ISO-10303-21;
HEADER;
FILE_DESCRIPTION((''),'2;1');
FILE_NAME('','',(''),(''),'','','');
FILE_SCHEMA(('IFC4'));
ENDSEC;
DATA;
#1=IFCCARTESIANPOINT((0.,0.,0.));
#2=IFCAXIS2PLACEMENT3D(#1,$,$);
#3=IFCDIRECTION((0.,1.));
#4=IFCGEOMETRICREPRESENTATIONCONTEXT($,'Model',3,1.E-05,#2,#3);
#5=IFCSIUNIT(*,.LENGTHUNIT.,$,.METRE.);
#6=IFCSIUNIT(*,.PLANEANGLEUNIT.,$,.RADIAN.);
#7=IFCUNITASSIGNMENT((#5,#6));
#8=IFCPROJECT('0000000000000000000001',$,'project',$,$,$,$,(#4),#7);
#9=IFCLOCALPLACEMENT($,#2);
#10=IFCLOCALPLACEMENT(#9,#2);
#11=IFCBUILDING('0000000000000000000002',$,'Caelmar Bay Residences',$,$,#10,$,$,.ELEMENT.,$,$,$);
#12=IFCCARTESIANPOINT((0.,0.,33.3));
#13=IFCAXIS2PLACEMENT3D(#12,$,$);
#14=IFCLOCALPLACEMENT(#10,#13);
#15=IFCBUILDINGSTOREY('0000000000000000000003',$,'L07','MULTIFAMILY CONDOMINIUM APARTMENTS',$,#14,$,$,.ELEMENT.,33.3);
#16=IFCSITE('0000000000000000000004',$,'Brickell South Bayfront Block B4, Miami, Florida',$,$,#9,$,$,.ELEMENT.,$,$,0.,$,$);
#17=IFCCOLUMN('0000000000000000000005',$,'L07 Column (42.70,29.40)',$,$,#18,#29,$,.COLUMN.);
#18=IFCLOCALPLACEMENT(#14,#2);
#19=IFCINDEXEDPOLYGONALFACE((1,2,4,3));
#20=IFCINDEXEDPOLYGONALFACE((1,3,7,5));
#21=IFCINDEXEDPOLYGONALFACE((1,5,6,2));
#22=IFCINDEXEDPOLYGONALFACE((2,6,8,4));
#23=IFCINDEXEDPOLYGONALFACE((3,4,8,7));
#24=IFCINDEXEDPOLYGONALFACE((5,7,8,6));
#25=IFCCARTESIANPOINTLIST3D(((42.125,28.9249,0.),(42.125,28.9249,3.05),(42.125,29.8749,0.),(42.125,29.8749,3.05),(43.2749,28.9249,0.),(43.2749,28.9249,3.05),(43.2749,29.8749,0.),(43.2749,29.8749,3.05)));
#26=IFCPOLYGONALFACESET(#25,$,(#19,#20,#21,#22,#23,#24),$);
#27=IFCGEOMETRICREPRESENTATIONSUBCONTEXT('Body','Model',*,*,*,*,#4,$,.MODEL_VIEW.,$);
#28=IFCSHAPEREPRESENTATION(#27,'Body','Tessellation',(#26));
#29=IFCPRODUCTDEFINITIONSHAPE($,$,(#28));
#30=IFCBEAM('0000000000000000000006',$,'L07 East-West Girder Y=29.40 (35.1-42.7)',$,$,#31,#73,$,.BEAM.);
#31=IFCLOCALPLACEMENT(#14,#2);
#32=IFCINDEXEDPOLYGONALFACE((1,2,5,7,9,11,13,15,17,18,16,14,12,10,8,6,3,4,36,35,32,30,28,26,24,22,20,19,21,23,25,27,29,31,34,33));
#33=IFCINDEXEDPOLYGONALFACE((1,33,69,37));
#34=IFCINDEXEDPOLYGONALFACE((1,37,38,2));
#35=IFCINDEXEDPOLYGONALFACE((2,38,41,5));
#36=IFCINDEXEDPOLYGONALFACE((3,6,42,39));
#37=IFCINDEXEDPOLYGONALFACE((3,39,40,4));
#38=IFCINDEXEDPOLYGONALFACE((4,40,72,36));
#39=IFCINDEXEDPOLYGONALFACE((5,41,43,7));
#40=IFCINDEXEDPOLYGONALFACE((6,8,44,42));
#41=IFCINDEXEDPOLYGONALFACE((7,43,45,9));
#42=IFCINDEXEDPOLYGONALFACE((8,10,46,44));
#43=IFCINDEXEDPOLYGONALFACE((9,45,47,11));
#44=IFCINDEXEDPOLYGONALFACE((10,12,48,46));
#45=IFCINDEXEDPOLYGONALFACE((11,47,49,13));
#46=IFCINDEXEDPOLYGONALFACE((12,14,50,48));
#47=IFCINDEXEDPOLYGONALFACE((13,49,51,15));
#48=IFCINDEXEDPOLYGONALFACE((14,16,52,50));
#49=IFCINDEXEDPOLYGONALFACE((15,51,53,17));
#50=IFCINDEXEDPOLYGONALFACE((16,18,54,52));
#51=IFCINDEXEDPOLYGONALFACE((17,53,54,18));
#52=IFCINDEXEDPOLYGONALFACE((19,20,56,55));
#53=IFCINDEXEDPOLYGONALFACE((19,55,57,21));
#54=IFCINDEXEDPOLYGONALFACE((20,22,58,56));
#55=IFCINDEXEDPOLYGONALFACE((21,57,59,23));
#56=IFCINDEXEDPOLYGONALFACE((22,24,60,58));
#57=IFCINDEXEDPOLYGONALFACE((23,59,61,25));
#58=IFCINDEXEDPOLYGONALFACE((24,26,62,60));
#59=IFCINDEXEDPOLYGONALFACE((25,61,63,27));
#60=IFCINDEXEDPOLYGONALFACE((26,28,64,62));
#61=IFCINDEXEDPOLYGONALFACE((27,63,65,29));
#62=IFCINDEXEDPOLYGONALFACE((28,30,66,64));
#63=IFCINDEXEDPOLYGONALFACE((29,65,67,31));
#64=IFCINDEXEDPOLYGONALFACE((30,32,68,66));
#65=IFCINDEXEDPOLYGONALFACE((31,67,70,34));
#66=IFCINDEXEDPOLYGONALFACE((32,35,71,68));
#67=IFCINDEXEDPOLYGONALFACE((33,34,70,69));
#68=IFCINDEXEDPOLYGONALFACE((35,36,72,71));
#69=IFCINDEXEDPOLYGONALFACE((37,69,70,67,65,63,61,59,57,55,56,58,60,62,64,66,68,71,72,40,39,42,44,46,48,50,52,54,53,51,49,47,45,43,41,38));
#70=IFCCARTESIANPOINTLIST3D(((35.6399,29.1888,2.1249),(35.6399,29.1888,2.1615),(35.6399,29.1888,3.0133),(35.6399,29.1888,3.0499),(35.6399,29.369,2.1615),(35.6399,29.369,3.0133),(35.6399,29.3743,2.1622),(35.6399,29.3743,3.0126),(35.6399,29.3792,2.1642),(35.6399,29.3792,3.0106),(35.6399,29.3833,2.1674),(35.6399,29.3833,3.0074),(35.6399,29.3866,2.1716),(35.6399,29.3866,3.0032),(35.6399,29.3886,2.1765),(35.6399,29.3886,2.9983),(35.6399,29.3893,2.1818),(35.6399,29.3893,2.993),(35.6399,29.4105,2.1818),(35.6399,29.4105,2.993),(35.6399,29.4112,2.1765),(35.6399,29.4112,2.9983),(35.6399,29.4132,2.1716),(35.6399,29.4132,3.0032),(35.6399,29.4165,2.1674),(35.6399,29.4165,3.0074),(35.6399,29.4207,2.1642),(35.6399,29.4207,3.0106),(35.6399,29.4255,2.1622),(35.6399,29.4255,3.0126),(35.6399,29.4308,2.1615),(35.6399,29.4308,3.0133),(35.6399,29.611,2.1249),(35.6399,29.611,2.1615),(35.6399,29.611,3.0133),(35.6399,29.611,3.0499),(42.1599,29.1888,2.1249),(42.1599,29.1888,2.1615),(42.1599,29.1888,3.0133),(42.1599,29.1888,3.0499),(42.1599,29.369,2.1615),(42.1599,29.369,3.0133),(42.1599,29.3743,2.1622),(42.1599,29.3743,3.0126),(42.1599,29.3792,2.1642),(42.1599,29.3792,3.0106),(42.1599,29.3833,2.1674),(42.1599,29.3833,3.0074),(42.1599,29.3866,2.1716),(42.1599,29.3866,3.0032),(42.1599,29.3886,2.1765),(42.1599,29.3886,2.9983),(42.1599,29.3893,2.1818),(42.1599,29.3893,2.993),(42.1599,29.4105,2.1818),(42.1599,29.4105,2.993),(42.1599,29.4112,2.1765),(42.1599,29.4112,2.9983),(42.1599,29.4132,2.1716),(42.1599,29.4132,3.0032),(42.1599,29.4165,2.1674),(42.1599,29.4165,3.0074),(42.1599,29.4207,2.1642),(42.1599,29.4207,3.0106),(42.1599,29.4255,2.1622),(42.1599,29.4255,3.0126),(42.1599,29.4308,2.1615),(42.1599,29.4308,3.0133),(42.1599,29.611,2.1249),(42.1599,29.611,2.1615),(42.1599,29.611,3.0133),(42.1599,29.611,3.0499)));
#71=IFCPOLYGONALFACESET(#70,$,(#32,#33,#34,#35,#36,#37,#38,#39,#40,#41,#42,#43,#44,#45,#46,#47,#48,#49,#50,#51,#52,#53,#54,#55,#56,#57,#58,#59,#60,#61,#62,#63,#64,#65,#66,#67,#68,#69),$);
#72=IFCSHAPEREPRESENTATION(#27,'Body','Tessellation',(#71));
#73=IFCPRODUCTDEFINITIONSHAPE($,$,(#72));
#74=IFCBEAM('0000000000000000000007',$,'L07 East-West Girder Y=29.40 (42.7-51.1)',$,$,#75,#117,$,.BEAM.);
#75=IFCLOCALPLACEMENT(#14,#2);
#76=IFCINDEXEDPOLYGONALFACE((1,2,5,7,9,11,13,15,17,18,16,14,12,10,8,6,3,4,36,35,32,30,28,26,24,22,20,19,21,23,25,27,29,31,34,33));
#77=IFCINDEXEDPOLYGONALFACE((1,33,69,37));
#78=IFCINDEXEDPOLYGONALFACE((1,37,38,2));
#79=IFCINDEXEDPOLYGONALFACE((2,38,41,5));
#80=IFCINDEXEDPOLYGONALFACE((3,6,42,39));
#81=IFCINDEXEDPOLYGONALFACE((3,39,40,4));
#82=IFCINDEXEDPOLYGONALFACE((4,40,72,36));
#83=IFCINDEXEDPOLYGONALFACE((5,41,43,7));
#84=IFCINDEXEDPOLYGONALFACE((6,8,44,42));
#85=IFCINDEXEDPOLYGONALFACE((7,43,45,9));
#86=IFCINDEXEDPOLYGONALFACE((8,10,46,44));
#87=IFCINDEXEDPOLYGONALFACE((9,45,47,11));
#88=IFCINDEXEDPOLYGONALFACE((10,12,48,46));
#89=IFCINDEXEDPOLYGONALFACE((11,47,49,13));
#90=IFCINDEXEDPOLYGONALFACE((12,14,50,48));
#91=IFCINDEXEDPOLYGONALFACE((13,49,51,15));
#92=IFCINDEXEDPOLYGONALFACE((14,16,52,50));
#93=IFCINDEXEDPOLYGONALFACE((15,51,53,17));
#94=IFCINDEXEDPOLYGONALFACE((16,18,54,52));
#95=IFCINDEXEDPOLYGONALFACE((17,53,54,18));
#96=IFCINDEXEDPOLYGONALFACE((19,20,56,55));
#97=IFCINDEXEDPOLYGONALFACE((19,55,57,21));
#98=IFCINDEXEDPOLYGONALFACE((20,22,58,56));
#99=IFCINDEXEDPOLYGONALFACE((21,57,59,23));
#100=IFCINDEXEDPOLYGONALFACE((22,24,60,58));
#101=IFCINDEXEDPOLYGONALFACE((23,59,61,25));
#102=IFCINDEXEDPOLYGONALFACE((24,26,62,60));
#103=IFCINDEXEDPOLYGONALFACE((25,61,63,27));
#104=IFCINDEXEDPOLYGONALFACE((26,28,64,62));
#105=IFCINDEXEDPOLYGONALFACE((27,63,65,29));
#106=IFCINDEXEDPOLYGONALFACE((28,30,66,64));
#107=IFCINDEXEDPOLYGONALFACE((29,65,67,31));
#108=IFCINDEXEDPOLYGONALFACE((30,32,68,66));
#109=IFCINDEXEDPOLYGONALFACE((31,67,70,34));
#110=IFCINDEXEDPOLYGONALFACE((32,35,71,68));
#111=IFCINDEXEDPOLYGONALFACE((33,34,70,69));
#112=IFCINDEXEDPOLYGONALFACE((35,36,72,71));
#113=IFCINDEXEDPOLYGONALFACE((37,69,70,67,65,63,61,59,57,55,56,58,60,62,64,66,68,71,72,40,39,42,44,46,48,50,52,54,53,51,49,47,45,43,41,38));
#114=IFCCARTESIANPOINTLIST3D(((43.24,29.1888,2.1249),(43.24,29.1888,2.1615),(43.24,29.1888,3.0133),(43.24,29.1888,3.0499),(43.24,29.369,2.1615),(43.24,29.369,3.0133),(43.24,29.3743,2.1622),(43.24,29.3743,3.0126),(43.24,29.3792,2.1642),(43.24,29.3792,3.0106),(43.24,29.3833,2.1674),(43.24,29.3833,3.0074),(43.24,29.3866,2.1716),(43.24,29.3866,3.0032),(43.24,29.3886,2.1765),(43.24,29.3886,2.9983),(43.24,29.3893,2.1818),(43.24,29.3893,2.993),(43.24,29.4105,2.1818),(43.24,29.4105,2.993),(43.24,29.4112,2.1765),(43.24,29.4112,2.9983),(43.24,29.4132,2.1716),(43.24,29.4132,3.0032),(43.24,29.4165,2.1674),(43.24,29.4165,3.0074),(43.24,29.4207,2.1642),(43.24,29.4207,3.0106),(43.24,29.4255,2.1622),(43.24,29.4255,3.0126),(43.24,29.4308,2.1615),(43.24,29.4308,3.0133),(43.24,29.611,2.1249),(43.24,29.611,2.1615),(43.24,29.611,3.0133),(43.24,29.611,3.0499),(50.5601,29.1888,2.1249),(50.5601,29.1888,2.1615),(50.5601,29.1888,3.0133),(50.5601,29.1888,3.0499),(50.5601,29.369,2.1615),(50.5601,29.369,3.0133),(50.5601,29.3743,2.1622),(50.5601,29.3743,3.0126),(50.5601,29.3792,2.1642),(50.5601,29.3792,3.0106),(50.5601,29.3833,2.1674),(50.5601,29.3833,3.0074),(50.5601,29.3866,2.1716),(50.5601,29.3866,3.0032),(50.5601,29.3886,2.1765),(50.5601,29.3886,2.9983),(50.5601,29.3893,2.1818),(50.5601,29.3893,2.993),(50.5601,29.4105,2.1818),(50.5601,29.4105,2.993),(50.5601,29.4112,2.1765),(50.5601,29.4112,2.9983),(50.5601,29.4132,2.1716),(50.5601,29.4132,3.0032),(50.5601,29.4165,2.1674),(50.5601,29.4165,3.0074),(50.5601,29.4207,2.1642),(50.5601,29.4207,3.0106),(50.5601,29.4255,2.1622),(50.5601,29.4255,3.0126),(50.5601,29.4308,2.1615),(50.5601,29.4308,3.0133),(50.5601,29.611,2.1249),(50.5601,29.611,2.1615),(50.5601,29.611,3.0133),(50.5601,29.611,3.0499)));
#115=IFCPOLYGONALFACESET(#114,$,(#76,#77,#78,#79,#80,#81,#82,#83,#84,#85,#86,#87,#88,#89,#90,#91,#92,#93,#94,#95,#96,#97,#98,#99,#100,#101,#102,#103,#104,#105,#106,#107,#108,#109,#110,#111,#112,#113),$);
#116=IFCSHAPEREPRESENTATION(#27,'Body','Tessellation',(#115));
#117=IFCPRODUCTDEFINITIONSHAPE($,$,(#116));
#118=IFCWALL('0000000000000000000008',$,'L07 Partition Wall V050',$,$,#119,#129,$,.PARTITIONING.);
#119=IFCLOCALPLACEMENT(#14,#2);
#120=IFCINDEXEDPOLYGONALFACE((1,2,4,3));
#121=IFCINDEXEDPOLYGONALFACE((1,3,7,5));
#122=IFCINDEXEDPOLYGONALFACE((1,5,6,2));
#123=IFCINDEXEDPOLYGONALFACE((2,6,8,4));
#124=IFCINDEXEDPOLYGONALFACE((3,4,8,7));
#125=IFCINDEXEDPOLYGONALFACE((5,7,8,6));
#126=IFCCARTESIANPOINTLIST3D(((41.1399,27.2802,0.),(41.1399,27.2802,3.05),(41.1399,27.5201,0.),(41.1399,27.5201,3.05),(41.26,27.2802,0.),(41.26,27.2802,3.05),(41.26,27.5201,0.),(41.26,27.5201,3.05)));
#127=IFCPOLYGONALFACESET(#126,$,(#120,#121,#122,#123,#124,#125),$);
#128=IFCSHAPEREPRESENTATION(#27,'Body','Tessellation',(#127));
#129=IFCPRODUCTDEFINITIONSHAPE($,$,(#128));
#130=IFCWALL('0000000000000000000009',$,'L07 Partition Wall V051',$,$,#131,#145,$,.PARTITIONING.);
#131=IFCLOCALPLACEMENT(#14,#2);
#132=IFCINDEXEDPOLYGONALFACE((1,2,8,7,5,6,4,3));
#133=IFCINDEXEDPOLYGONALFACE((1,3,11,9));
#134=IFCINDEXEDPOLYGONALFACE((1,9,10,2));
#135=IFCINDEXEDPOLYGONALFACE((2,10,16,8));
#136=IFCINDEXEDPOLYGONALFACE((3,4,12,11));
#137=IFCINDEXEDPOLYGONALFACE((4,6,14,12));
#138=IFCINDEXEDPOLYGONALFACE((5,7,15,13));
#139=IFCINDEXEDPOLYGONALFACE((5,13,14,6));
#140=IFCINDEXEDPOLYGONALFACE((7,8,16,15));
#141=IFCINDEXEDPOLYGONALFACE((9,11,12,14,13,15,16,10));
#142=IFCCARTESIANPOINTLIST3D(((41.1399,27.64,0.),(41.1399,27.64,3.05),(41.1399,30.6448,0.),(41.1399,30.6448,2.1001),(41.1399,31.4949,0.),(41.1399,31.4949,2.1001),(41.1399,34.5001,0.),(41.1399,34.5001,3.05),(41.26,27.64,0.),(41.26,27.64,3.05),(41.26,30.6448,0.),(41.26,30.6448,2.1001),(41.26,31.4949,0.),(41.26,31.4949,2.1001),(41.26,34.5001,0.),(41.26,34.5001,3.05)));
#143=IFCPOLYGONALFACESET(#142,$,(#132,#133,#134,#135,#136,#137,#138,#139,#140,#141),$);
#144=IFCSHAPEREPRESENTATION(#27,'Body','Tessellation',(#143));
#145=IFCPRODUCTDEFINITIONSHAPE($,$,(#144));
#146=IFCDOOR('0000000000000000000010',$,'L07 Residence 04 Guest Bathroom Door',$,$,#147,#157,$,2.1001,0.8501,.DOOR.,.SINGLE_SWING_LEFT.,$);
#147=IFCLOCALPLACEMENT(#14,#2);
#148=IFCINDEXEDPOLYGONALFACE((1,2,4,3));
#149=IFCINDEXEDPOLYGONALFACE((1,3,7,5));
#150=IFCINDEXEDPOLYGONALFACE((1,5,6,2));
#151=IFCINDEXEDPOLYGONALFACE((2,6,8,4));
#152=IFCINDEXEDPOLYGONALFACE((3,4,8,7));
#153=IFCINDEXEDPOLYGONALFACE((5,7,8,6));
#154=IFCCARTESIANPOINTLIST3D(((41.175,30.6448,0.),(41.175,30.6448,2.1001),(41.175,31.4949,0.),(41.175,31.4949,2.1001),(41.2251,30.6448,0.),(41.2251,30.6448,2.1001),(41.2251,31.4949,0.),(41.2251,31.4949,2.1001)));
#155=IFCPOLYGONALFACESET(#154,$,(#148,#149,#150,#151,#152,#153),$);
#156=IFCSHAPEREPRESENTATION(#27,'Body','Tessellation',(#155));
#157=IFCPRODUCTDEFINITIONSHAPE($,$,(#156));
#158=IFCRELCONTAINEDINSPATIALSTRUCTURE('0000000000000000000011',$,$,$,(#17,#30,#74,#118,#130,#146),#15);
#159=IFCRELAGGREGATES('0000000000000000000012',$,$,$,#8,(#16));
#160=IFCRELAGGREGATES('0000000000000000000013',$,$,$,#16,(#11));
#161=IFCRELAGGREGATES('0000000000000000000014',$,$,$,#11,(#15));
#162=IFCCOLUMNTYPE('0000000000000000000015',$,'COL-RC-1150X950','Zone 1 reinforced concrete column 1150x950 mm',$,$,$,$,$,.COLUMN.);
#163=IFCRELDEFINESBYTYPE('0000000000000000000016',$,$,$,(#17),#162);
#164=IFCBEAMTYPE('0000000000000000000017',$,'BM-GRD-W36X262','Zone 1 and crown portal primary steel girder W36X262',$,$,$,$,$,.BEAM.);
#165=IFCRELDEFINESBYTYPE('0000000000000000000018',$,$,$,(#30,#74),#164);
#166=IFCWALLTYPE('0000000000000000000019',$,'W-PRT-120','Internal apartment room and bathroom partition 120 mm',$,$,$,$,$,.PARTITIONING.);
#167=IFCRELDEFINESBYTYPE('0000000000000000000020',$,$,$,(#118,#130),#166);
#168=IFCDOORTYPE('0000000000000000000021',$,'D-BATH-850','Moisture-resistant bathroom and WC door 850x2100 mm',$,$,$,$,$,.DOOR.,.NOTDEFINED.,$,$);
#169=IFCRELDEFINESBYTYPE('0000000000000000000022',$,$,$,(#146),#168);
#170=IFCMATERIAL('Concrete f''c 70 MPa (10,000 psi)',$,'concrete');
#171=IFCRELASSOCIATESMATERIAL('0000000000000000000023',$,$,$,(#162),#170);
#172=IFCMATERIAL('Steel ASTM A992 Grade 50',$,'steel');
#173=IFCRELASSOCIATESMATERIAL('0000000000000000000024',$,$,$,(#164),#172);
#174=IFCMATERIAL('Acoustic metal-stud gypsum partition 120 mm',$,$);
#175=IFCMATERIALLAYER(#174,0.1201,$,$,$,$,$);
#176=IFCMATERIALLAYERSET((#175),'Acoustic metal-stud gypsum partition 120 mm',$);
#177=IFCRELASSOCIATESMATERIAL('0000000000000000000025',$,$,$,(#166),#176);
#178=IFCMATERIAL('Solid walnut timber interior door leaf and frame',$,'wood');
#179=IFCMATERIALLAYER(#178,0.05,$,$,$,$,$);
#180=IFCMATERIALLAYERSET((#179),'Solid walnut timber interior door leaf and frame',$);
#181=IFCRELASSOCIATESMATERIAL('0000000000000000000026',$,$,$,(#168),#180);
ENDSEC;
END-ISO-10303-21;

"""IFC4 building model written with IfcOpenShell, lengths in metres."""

from ifc_helpers import new_model, si_unit, direction, frame, frame_2d, origin, origin_2d, place, context, subcontext, project, spatial, rectangle, i_section, extrude, material, layer, layer_set, material_profile, profile_set, type_object, element, fill, save


model = new_model("IFC4")

# Units and contexts
model_context = context("Model", 3, precision=1e-05, world=origin(), true_north=direction((0.0, 1.0)))
body_context = subcontext(model_context, "Body", "Model", "MODEL_VIEW")
ifc_project = project(units=[si_unit("LENGTHUNIT", "METRE"), si_unit("PLANEANGLEUNIT", "RADIAN")], contexts=[model_context])

# Site, building, storey
site_placement = place(None, origin())
site = spatial("IfcSite", under=ifc_project, at=site_placement, Name="Brickell South Bayfront Block B4, Miami, Florida", CompositionType="ELEMENT", RefElevation=0.0)
building_placement = place(site_placement, origin())
building = spatial("IfcBuilding", under=site, at=building_placement, Name="Caelmar Bay Residences", CompositionType="ELEMENT")
storey_placement = place(building_placement, frame((0.0, 0.0, 33.3)))
storey = spatial("IfcBuildingStorey", under=building, at=storey_placement, Name="L07", Description="MULTIFAMILY CONDOMINIUM APARTMENTS", CompositionType="ELEMENT", Elevation=33.3)

# Column
ifc_material_1 = material(Name="Concrete f'c 70 MPa (10,000 psi)", Category="concrete")
ifc_material_profile_1 = material_profile(ifc_material_1, rectangle(XDim=1.1499, YDim=0.95, at=origin_2d()), Name="RC-COL-1150X950")
ifc_profile_set_1 = profile_set([ifc_material_profile_1], Name="Concrete f'c 70 MPa (10,000 psi)")
column_type = type_object("IfcColumnType", Name="COL-RC-1150X950", Description="Zone 1 reinforced concrete column 1150x950 mm", PredefinedType="COLUMN", material=ifc_profile_set_1)
column_placement = place(storey_placement, frame((42.7, 29.3999, 0.0), z_axis=(0.0, 0.0, 1.0), x_axis=(1.0, 0.0, 0.0)))
element("IfcColumn", 1, at=column_placement, inside=storey, type_object=column_type, Name="L07 Column (42.70,29.40)", PredefinedType="COLUMN", context=body_context, shape_type="SweptSolid", body=[
    extrude(rectangle(XDim=1.1499, YDim=0.95, at=origin_2d()), origin(), (0.0, 0.0, 1.0), 3.05),
])

# Beams
ifc_material_2 = material(Name="Steel ASTM A992 Grade 50", Category="steel")
ifc_material_profile_2 = material_profile(ifc_material_2, i_section(OverallWidth=0.4221, OverallDepth=0.925, WebThickness=0.0212, FlangeThickness=0.0366, FilletRadius=0.0203, at=origin_2d()), Name="W36X262")
ifc_profile_set_2 = profile_set([ifc_material_profile_2], Name="Steel ASTM A992 Grade 50")
beam_type = type_object("IfcBeamType", Name="BM-GRD-W36X262", Description="Zone 1 and crown portal primary steel girder W36X262", PredefinedType="BEAM", material=ifc_profile_set_2)
beam_1_placement = place(storey_placement, frame((35.6399, 29.3999, 2.5874), z_axis=(1.0, 0.0, 0.0), x_axis=(0.0, 1.0, 0.0)))
element("IfcBeam", 2, at=beam_1_placement, inside=storey, type_object=beam_type, Name="L07 East-West Girder Y=29.40 (35.1-42.7)", PredefinedType="BEAM", context=body_context, shape_type="SweptSolid", body=[
    extrude(i_section(OverallWidth=0.4221, OverallDepth=0.925, WebThickness=0.0212, FlangeThickness=0.0366, FilletRadius=0.0203, at=origin_2d()), origin(), (0.0, 0.0, 1.0), 6.52),
])
beam_2_placement = place(storey_placement, frame((43.24, 29.3999, 2.5874), z_axis=(1.0, 0.0, 0.0), x_axis=(0.0, 1.0, 0.0)))
element("IfcBeam", 3, at=beam_2_placement, inside=storey, type_object=beam_type, Name="L07 East-West Girder Y=29.40 (42.7-51.1)", PredefinedType="BEAM", context=body_context, shape_type="SweptSolid", body=[
    extrude(i_section(OverallWidth=0.4221, OverallDepth=0.925, WebThickness=0.0212, FlangeThickness=0.0366, FilletRadius=0.0203, at=origin_2d()), origin(), (0.0, 0.0, 1.0), 7.3201),
])

# Wall
ifc_material_3 = material(Name="Acoustic metal-stud gypsum partition 120 mm")
ifc_layer_1 = layer(ifc_material_3, 0.1201)
ifc_layer_set_1 = layer_set([ifc_layer_1], Name="Acoustic metal-stud gypsum partition 120 mm")
wall_type_1 = type_object("IfcWallType", Name="W-PRT-120", Description="Internal apartment room and bathroom partition 120 mm", PredefinedType="PARTITIONING", material=ifc_layer_set_1)
wall_1_placement = place(storey_placement, frame((41.2, 27.28, 0.0), z_axis=(0.0, 0.0, 1.0), x_axis=(0.0, 1.0, 0.0)))
element("IfcWall", 4, at=wall_1_placement, inside=storey, type_object=wall_type_1, Name="L07 Partition Wall V050", PredefinedType="PARTITIONING", context=body_context, shape_type="SweptSolid", body=[
    extrude(rectangle(XDim=0.24, YDim=0.1201, at=frame_2d((0.1201, 0.0))), origin(), (0.0, 0.0, 1.0), 3.05),
])

# Wall, opening, door
wall_2_placement = place(storey_placement, frame((41.2, 27.6399, 0.0), z_axis=(0.0, 0.0, 1.0), x_axis=(0.0, 1.0, 0.0)))
wall_2 = element("IfcWall", 5, at=wall_2_placement, inside=storey, type_object=wall_type_1, Name="L07 Partition Wall V051", PredefinedType="PARTITIONING", context=body_context, shape_type="SweptSolid", body=[
    extrude(rectangle(XDim=6.8601, YDim=0.1201, at=frame_2d((3.4302, 0.0))), origin(), (0.0, 0.0, 1.0), 3.05),
])
opening_1_placement = place(wall_2_placement, frame((3.0049, 0.0, 0.0)))
opening_1 = element("IfcOpeningElement", 6, at=opening_1_placement, cuts=wall_2, PredefinedType="OPENING", context=body_context, shape_type="SweptSolid", body=[
    extrude(rectangle(XDim=0.8501, YDim=2.1001, at=frame_2d((0.425, 1.05))), frame((0.0, 0.0701, 0.0), z_axis=(0.0, -1.0, 0.0), x_axis=(1.0, 0.0, 0.0)), (0.0, 0.0, 1.0), 0.1401),
])
ifc_material_4 = material(Name="Solid walnut timber interior door leaf and frame", Category="wood")
ifc_layer_2 = layer(ifc_material_4, 0.05)
ifc_layer_set_2 = layer_set([ifc_layer_2], Name="Solid walnut timber interior door leaf and frame")
door_type_1 = type_object("IfcDoorType", Name="D-BATH-850", Description="Moisture-resistant bathroom and WC door 850x2100 mm", OperationType="NOTDEFINED", PredefinedType="DOOR", material=ifc_layer_set_2)
door_1_placement = place(opening_1_placement, origin())
door_1 = element("IfcDoor", 7, at=door_1_placement, inside=storey, type_object=door_type_1, Name="L07 Residence 04 Guest Bathroom Door", OperationType="SINGLE_SWING_LEFT", OverallHeight=2.1001, OverallWidth=0.8501, PredefinedType="DOOR", context=body_context, shape_type="SweptSolid", body=[
    extrude(rectangle(XDim=0.8501, YDim=2.1001, at=frame_2d((0.425, 1.05))), frame((0.0, 0.0249, 0.0), z_axis=(0.0, -1.0, 0.0), x_axis=(1.0, 0.0, 0.0)), (0.0, 0.0, 1.0), 0.05),
])
fill(opening_1, door_1)

save(model, "model.ifc")
